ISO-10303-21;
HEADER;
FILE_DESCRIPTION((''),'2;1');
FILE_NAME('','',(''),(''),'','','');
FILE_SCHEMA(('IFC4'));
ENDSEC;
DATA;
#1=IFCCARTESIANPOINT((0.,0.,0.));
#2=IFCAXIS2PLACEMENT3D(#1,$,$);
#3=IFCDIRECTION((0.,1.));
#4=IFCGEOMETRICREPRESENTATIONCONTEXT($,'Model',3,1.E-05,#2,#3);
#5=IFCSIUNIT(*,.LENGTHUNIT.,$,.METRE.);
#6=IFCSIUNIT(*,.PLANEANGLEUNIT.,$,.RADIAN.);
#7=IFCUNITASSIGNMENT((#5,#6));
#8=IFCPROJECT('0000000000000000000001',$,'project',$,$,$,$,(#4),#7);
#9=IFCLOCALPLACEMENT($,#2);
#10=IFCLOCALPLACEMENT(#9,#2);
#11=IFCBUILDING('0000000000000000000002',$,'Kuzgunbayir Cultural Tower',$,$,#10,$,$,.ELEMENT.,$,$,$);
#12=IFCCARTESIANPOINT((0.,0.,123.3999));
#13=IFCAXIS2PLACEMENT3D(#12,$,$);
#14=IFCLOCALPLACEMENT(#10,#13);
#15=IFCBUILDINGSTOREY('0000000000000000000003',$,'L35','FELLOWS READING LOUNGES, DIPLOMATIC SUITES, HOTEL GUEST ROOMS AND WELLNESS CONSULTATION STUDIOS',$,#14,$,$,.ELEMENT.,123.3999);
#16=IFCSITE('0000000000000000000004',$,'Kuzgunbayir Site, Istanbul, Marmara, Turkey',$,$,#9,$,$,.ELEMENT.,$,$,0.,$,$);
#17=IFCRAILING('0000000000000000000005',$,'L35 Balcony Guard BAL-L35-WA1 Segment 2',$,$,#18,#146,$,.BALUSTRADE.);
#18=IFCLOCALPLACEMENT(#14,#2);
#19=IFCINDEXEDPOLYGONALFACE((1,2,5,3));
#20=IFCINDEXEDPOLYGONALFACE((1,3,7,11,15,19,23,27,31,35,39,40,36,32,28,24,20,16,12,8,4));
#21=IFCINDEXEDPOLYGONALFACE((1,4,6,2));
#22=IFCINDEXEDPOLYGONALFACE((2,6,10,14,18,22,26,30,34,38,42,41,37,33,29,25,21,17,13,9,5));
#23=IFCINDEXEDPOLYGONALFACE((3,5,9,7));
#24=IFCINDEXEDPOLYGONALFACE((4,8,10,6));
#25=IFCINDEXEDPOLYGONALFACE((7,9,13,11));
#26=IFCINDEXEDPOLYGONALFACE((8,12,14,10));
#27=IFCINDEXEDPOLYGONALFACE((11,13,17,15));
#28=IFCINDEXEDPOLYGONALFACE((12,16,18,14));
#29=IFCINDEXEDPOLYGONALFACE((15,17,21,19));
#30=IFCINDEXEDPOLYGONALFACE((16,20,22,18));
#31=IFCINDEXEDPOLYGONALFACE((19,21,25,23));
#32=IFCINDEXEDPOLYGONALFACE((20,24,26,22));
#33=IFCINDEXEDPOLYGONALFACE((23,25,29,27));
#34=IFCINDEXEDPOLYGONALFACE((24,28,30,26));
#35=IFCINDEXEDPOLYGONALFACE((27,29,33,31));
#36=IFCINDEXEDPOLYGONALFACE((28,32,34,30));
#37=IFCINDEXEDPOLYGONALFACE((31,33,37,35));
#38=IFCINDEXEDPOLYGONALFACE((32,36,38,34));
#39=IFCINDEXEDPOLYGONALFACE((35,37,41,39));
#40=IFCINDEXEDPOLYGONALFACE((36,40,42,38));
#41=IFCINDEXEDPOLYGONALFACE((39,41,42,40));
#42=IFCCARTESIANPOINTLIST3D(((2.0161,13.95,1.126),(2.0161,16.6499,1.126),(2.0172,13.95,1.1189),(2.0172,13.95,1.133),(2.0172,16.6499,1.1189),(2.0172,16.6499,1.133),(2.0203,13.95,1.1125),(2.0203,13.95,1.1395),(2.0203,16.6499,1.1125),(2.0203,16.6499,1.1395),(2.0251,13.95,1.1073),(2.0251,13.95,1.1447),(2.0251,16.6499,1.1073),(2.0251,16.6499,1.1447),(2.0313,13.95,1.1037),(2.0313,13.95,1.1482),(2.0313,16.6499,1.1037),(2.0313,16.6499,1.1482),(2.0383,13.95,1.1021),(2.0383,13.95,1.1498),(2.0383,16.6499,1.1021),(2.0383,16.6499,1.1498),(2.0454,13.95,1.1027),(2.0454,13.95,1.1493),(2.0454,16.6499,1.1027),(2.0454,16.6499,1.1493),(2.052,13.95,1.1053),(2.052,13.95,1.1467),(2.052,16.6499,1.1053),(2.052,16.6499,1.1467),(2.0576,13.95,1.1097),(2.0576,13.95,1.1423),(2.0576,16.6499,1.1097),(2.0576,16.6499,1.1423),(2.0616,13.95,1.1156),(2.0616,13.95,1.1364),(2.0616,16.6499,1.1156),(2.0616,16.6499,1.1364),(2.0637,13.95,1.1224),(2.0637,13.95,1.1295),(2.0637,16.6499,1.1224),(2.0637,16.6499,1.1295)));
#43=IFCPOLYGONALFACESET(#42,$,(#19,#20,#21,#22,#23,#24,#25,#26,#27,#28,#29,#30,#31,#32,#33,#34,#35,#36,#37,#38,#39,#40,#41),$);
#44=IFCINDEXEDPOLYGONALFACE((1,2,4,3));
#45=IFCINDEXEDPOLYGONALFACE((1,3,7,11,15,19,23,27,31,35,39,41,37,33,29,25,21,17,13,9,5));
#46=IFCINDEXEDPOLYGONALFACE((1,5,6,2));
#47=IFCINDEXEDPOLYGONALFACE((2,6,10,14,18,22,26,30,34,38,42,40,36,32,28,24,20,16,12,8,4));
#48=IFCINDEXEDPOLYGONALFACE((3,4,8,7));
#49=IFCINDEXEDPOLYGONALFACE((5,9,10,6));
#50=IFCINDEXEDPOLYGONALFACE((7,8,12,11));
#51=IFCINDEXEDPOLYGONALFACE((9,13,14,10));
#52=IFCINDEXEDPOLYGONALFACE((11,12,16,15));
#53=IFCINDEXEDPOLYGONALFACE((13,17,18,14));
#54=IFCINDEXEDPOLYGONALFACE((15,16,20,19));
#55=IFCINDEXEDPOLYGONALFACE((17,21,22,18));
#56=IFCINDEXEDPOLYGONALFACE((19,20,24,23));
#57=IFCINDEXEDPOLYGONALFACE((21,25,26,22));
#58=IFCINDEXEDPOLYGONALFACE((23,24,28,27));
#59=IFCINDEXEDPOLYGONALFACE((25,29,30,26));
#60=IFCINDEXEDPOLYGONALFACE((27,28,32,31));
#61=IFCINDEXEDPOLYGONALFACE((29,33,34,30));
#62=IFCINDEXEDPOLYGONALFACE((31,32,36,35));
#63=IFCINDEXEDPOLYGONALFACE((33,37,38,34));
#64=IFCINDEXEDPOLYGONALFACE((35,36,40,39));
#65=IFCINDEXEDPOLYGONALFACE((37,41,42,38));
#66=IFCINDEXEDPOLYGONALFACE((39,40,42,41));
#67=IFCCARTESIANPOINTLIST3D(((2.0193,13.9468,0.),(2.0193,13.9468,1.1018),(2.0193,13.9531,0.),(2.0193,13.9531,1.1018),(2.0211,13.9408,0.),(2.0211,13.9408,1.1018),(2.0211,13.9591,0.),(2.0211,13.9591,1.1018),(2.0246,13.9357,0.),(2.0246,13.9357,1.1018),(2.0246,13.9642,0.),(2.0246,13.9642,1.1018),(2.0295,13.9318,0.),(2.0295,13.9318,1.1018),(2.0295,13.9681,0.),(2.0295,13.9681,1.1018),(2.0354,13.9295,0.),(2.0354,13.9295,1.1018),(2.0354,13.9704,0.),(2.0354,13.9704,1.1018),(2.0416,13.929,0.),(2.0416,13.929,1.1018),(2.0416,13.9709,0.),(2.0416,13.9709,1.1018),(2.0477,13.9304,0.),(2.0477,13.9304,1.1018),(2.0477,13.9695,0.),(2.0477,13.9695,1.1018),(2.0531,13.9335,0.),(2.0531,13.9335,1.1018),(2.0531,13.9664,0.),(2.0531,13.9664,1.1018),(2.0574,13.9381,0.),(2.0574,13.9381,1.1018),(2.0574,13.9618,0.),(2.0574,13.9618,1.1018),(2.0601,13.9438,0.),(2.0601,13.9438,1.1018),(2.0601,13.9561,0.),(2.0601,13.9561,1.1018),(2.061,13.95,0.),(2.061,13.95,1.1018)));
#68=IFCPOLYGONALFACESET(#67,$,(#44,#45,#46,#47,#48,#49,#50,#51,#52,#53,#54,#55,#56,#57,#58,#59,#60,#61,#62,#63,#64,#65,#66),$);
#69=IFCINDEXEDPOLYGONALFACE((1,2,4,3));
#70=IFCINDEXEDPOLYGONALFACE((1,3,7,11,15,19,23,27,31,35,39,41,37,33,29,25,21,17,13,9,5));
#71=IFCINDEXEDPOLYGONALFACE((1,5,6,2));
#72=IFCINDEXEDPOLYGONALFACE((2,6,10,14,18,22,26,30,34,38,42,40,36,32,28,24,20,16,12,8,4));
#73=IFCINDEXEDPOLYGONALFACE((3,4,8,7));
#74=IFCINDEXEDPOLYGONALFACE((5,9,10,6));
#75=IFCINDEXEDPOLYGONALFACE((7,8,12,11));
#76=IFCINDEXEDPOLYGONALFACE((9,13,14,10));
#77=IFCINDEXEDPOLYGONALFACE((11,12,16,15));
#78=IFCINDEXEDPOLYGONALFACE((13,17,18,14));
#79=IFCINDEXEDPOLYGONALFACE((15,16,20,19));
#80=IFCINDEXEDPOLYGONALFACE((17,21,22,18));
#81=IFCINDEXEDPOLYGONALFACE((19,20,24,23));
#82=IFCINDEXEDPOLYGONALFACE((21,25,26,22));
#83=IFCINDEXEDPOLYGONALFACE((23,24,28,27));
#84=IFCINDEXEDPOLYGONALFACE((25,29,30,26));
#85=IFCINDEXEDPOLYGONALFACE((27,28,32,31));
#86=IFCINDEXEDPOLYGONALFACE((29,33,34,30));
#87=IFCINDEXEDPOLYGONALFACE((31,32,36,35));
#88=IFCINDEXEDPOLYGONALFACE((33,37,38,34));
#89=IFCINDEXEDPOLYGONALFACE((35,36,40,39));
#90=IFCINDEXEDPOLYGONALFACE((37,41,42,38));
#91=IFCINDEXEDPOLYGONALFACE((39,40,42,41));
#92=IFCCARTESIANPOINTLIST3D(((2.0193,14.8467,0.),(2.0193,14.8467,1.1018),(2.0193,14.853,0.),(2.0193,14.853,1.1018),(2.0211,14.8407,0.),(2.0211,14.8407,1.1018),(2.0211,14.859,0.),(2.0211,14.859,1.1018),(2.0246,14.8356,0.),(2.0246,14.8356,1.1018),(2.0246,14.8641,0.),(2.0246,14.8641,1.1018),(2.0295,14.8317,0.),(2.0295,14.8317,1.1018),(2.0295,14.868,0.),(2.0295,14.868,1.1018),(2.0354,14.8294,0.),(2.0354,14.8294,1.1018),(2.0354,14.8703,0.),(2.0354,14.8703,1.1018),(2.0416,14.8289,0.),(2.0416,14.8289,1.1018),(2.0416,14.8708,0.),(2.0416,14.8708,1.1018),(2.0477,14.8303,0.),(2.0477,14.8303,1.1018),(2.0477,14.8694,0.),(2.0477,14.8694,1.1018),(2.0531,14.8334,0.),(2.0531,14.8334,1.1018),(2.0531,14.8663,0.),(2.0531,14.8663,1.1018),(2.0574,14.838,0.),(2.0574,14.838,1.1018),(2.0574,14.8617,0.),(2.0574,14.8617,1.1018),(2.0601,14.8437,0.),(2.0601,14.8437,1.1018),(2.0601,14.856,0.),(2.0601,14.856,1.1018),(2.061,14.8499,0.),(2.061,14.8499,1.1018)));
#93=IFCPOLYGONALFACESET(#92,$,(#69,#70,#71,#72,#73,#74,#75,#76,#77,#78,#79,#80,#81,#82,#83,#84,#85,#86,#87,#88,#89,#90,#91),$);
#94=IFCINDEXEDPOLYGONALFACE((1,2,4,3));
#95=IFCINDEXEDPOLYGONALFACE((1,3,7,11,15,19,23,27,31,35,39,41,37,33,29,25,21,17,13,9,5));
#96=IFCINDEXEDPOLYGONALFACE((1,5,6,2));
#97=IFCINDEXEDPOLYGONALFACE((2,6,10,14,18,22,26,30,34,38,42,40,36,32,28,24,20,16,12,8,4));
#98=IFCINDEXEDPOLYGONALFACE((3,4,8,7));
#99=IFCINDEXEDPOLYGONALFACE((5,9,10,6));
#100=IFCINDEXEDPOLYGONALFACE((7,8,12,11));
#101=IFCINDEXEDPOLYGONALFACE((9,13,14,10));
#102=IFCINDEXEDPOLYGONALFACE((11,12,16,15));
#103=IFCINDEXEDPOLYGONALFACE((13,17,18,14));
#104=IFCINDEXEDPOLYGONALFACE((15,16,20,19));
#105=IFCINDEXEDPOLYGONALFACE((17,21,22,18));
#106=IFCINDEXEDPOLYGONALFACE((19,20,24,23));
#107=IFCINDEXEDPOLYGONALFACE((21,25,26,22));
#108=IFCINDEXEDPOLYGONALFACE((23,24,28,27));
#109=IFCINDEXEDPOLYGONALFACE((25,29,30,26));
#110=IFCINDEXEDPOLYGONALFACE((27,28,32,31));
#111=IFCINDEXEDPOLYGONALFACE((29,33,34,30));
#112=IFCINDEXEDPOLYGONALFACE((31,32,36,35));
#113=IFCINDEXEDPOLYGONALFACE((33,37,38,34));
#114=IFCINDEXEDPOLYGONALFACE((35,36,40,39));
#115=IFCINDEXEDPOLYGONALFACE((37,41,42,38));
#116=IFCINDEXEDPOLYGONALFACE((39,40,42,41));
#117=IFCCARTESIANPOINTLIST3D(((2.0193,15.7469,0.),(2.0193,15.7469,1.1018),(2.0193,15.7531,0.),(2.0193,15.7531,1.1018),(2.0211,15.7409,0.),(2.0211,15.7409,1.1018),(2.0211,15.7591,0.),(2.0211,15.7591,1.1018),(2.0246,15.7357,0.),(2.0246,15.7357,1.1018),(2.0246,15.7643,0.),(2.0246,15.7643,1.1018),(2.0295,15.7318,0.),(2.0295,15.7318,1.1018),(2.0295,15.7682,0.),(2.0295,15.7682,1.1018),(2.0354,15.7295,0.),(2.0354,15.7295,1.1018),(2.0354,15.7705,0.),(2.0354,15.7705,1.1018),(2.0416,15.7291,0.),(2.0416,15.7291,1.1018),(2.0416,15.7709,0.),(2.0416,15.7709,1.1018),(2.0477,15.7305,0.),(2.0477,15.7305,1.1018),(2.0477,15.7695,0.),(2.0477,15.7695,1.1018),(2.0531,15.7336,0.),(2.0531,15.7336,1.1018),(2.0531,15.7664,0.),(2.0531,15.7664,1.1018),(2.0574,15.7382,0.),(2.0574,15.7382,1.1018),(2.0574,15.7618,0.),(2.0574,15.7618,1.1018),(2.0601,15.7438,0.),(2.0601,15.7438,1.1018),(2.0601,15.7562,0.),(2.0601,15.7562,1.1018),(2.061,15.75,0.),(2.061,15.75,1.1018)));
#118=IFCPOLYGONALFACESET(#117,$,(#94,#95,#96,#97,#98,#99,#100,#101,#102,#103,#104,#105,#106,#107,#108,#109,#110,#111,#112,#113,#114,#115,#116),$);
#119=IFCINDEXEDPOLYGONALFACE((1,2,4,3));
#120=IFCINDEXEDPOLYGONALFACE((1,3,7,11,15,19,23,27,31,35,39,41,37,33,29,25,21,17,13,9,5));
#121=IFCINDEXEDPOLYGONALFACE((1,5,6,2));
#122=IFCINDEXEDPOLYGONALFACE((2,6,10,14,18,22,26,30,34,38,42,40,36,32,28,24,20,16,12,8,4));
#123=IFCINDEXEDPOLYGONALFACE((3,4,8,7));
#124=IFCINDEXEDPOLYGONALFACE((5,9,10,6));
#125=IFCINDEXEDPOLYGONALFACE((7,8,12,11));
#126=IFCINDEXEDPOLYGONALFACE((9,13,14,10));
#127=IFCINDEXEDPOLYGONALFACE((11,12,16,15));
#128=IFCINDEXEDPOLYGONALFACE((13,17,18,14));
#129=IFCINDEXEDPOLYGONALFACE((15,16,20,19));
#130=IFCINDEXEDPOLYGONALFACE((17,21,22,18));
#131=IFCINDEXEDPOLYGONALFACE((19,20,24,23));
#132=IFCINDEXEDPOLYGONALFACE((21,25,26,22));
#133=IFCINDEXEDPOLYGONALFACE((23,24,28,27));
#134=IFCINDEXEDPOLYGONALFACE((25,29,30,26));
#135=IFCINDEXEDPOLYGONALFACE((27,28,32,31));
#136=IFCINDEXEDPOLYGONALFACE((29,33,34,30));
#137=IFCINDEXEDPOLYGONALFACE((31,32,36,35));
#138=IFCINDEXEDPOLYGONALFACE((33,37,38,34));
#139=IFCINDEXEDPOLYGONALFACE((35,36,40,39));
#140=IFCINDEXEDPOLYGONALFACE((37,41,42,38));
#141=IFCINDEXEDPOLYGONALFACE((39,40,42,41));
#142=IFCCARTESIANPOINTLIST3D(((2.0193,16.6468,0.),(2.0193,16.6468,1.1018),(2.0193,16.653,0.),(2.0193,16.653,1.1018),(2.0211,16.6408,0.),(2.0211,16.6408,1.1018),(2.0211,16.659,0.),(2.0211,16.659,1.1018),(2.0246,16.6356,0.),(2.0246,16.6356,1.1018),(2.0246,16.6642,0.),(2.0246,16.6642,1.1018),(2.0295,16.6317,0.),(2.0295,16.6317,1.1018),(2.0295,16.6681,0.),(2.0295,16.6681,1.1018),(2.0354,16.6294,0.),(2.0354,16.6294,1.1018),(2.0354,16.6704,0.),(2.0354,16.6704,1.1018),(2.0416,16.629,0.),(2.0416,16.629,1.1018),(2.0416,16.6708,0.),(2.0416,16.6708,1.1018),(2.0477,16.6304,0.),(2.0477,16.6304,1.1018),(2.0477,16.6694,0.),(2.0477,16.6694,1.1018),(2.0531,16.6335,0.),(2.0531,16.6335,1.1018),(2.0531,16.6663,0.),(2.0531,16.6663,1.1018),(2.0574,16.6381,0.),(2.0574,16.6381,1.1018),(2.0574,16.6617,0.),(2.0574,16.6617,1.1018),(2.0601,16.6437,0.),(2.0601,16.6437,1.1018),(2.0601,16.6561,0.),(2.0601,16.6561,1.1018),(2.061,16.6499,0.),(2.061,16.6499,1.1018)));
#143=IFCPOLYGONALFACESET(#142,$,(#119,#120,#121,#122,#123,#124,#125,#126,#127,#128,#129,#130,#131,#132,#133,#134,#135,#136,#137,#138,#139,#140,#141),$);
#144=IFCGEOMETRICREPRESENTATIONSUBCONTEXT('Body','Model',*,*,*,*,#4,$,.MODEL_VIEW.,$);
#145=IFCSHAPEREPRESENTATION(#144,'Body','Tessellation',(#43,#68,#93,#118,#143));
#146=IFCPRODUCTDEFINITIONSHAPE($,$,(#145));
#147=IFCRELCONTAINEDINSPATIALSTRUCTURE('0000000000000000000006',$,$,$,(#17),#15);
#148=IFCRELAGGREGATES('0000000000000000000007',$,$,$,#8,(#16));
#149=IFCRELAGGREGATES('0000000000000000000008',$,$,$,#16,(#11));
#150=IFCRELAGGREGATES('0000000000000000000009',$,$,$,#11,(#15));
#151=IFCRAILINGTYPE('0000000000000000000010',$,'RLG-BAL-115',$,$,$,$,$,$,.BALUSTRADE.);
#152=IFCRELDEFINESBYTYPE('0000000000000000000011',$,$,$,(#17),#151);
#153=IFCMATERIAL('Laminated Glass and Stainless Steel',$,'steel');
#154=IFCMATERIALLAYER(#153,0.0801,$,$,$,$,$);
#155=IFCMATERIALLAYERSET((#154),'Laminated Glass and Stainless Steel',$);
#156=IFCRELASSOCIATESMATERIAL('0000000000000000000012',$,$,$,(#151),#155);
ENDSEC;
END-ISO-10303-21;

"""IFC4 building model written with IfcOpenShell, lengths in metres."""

from ifc_helpers import new_model, si_unit, direction, frame, origin, origin_2d, place, context, subcontext, project, spatial, circle, extrude, material, layer, layer_set, type_object, element, save


model = new_model("IFC4")

# Units and contexts
model_context = context("Model", 3, precision=1e-05, world=origin(), true_north=direction((0.0, 1.0)))
body_context = subcontext(model_context, "Body", "Model", "MODEL_VIEW")
ifc_project = project(units=[si_unit("LENGTHUNIT", "METRE"), si_unit("PLANEANGLEUNIT", "RADIAN")], contexts=[model_context])

# Site, building, storey
site_placement = place(None, origin())
site = spatial("IfcSite", under=ifc_project, at=site_placement, Name="Kuzgunbayir Site, Istanbul, Marmara, Turkey", CompositionType="ELEMENT", RefElevation=0.0)
building_placement = place(site_placement, origin())
building = spatial("IfcBuilding", under=site, at=building_placement, Name="Kuzgunbayir Cultural Tower", CompositionType="ELEMENT")
storey_placement = place(building_placement, frame((0.0, 0.0, 123.3999)))
storey = spatial("IfcBuildingStorey", under=building, at=storey_placement, Name="L35", Description="FELLOWS READING LOUNGES, DIPLOMATIC SUITES, HOTEL GUEST ROOMS AND WELLNESS CONSULTATION STUDIOS", CompositionType="ELEMENT", Elevation=123.3999)

# Railing
ifc_material_1 = material(Name="Laminated Glass and Stainless Steel", Category="steel")
ifc_layer_1 = layer(ifc_material_1, 0.0801)
ifc_layer_set_1 = layer_set([ifc_layer_1], Name="Laminated Glass and Stainless Steel")
railing_type = type_object("IfcRailingType", Name="RLG-BAL-115", PredefinedType="BALUSTRADE", material=ifc_layer_set_1)
railing_1_placement = place(storey_placement, frame((2.04, 13.95, 0.0)))
element("IfcRailing", 1, at=railing_1_placement, inside=storey, type_object=railing_type, Name="L35 Balcony Guard BAL-L35-WA1 Segment 2", PredefinedType="BALUSTRADE", context=body_context, shape_type="SweptSolid", body=[
    extrude(circle(Radius=0.0239, at=origin_2d()), frame((0.0, 0.0, 1.126), z_axis=(0.0, 1.0, 0.0), x_axis=(-1.0, 0.0, 0.0)), (0.0, 0.0, 1.0), 2.7),
    extrude(circle(Radius=0.021, at=origin_2d()), origin(), (0.0, 0.0, 1.0), 1.1018),
    extrude(circle(Radius=0.021, at=origin_2d()), frame((0.0, 0.8999, 0.0)), (0.0, 0.0, 1.0), 1.1018),
    extrude(circle(Radius=0.021, at=origin_2d()), frame((0.0, 1.8, 0.0)), (0.0, 0.0, 1.0), 1.1018),
    extrude(circle(Radius=0.021, at=origin_2d()), frame((0.0, 2.7, 0.0)), (0.0, 0.0, 1.0), 1.1018),
])

save(model, "model.ifc")
